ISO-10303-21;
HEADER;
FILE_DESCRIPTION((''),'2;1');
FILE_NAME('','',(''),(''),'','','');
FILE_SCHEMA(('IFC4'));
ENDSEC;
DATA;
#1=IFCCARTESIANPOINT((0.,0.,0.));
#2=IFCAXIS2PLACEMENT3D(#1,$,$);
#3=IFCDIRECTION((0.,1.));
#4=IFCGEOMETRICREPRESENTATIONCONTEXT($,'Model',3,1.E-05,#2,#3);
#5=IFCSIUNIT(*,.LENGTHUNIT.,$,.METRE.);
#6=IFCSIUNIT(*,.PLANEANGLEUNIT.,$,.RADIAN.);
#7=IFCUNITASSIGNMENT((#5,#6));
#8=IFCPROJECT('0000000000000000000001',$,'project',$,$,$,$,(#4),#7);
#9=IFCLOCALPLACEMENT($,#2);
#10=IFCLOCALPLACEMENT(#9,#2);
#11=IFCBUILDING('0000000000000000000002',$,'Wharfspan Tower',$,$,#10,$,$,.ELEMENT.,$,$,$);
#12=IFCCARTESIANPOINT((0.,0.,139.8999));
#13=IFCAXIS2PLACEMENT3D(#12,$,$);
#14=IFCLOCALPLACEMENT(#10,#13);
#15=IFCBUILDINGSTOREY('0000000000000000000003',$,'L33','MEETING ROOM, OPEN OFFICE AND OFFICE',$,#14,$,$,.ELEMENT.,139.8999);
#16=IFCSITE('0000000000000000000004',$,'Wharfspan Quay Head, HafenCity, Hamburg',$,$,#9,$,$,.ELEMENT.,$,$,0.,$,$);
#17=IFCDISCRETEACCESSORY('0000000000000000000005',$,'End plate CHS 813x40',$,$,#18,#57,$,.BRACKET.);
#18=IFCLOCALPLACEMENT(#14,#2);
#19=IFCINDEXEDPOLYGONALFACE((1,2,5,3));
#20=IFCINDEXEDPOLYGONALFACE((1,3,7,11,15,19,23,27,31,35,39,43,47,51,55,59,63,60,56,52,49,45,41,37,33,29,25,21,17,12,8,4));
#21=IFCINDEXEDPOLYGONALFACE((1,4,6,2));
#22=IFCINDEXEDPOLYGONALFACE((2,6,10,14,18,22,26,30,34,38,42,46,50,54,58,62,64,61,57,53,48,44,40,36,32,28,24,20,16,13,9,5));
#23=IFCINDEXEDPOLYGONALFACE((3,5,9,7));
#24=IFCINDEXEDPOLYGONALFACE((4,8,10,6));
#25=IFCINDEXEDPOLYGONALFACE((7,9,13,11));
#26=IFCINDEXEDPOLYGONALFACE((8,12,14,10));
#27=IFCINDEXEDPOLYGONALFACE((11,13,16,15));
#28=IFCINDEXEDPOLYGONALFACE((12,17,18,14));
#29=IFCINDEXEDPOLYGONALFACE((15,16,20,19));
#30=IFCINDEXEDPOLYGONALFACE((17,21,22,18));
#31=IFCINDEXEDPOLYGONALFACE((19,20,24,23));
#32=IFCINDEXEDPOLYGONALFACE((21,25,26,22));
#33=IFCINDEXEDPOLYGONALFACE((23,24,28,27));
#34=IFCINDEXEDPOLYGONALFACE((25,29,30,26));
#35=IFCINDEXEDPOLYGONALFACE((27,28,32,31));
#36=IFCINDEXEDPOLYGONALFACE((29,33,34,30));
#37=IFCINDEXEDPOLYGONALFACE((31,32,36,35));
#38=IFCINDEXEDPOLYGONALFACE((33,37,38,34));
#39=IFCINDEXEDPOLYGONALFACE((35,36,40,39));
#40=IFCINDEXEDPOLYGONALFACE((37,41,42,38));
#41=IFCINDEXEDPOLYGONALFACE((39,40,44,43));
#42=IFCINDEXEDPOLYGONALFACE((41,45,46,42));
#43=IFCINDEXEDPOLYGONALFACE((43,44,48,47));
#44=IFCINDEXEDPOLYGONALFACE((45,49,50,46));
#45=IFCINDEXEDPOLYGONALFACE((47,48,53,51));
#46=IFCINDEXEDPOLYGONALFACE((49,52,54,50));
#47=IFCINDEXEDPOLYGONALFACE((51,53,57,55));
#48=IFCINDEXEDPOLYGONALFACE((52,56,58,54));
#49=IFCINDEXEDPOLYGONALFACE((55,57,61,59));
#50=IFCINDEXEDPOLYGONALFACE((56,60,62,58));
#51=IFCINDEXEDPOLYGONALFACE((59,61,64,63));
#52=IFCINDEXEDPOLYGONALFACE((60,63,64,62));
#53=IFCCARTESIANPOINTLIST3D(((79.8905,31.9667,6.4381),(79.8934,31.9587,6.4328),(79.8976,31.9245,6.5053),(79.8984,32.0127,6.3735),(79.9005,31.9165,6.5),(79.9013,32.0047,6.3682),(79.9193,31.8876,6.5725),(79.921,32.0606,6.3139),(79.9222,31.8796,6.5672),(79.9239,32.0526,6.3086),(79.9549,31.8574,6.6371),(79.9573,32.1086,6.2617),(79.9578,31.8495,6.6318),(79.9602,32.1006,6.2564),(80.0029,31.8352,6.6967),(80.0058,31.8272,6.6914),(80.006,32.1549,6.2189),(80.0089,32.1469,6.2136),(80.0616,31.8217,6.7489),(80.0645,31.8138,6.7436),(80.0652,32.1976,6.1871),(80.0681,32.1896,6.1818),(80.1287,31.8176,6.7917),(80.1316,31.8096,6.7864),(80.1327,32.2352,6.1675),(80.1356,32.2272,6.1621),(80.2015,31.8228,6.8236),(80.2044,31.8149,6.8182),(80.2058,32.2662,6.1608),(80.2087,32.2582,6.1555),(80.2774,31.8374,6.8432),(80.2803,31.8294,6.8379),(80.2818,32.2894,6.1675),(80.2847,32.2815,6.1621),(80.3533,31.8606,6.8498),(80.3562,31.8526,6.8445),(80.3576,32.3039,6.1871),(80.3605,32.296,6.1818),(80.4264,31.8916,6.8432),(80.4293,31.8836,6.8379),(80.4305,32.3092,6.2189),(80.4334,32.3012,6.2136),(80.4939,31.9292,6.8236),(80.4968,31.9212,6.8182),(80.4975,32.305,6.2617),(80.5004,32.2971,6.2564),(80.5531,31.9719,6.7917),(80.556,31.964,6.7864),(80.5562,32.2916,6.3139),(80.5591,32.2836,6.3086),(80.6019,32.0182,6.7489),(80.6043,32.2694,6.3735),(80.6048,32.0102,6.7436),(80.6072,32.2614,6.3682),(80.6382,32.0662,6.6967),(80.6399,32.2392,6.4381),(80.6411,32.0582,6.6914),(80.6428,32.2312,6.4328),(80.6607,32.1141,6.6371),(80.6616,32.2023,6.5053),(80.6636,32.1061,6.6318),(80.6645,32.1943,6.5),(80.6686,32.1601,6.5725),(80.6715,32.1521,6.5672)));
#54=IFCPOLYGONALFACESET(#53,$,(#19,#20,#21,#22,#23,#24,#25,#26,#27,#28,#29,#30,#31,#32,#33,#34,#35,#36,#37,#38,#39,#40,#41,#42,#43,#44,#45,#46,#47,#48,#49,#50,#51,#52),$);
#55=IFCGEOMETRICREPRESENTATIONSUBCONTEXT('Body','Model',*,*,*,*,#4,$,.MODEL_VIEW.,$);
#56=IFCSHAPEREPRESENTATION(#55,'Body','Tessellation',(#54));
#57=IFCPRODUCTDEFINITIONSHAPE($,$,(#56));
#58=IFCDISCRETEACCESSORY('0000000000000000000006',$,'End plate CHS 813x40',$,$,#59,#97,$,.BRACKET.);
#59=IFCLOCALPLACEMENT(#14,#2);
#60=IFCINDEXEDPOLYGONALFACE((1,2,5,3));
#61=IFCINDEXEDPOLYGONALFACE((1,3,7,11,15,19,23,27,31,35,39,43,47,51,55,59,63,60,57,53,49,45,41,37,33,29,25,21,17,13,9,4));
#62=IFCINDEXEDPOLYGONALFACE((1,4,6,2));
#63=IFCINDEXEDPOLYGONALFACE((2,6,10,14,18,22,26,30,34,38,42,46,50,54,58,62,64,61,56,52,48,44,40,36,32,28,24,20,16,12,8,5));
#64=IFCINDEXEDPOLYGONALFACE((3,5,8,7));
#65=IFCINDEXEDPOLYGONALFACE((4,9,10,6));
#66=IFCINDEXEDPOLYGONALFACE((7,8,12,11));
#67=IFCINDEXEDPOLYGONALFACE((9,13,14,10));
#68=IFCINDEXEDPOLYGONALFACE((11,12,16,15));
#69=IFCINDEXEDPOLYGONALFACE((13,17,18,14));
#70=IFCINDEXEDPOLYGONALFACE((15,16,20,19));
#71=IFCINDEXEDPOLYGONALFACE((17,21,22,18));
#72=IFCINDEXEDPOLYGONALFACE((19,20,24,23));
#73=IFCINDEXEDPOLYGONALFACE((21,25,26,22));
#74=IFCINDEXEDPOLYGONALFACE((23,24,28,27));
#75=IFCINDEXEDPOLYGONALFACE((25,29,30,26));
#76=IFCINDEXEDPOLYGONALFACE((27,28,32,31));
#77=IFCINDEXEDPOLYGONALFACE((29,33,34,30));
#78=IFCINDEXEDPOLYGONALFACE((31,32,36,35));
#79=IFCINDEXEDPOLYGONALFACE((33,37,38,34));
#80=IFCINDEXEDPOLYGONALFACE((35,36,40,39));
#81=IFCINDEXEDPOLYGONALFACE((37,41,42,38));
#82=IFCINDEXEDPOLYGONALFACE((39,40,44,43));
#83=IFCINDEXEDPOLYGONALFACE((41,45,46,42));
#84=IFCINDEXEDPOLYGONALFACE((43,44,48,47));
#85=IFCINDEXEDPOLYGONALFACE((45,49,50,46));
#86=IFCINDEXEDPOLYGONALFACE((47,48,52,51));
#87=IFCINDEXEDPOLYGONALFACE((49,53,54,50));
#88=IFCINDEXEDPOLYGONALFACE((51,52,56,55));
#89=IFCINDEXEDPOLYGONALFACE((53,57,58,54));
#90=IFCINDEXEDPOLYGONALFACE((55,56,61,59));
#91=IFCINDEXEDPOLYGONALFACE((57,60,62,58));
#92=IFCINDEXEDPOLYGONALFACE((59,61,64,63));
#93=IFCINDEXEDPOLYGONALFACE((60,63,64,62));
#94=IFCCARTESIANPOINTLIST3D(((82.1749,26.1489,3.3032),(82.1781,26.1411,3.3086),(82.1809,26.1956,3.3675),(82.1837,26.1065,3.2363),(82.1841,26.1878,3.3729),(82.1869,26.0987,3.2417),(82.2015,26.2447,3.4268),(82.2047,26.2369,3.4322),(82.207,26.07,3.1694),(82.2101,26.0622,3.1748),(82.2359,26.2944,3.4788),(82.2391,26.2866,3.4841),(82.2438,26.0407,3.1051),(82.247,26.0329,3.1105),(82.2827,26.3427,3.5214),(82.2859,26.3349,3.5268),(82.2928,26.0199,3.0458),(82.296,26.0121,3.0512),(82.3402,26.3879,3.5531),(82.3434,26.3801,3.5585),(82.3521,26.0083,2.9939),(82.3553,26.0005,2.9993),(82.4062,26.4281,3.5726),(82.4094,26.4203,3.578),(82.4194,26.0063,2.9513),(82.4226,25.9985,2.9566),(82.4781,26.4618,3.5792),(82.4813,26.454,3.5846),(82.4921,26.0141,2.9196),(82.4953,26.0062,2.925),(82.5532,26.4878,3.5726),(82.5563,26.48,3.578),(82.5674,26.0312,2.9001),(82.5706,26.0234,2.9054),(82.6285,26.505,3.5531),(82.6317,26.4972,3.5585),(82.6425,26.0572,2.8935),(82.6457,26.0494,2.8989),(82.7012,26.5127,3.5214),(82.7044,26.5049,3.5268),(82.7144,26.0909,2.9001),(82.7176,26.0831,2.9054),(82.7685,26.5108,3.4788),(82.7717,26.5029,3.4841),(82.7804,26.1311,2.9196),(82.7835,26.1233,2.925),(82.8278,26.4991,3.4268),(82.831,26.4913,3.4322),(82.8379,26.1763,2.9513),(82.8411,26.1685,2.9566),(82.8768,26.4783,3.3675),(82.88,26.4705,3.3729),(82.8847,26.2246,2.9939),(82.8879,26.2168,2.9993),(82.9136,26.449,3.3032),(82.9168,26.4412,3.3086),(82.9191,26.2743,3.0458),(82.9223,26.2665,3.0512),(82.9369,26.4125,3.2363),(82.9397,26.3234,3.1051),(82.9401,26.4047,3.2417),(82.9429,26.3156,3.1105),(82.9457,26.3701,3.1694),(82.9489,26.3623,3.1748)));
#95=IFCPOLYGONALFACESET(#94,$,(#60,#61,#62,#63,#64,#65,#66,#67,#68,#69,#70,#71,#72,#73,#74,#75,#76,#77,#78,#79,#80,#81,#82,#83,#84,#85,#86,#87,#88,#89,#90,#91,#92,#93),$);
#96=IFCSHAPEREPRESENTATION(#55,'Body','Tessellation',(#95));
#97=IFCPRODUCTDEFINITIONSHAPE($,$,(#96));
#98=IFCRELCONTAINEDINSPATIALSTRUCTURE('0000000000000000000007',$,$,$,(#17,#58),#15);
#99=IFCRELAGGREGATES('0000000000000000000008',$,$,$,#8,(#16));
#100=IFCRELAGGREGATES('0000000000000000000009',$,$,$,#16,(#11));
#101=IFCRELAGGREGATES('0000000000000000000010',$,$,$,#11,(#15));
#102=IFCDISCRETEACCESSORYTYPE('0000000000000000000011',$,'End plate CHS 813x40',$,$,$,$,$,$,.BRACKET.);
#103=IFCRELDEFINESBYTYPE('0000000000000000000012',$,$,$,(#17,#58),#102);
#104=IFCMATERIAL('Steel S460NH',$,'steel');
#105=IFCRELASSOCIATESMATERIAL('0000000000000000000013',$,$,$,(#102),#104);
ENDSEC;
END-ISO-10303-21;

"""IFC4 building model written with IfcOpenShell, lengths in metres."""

from ifc_helpers import new_model, si_unit, direction, frame, origin, origin_2d, place, context, subcontext, project, spatial, circle, extrude, material, material_profile, profile_set, type_object, element, save


model = new_model("IFC4")

# Units and contexts
model_context = context("Model", 3, precision=1e-05, world=origin(), true_north=direction((0.0, 1.0)))
body_context = subcontext(model_context, "Body", "Model", "MODEL_VIEW")
ifc_project = project(units=[si_unit("LENGTHUNIT", "METRE"), si_unit("PLANEANGLEUNIT", "RADIAN")], contexts=[model_context])

# Site, building, storey
site_placement = place(None, origin())
site = spatial("IfcSite", under=ifc_project, at=site_placement, Name="Wharfspan Quay Head, HafenCity, Hamburg", CompositionType="ELEMENT", RefElevation=0.0)
building_placement = place(site_placement, origin())
building = spatial("IfcBuilding", under=site, at=building_placement, Name="Wharfspan Tower", CompositionType="ELEMENT")
storey_placement = place(building_placement, frame((0.0, 0.0, 139.8999)))
storey = spatial("IfcBuildingStorey", under=building, at=storey_placement, Name="L33", Description="MEETING ROOM, OPEN OFFICE AND OFFICE", CompositionType="ELEMENT", Elevation=139.8999)

# Shared definitions
ifc_material_1 = material(Name="Steel S460NH", Category="steel")

# Discrete accessories
ifc_material_profile_1 = material_profile(ifc_material_1, circle(Radius=0.4065, at=origin_2d()))
ifc_profile_set_1 = profile_set([ifc_material_profile_1], Name="Steel S460NH")
discrete_accessory_type = type_object("IfcDiscreteAccessoryType", Name="End plate CHS 813x40", PredefinedType="BRACKET", material=ifc_profile_set_1)
for number, where, z_axis, x_axis, name in (
    (1, (80.2825, 32.0554, 6.5), (-0.289598, 0.796395, 0.53093), (-0.939792, -0.341743, 0.000001), "End plate CHS 813x40"),
    (2, (82.5603, 26.2595, 3.2363), (0.317451, -0.781418, 0.537225), (0.92647, 0.376377, -0.000002), "End plate CHS 813x40"),
):
    element("IfcDiscreteAccessory", number, at=place(storey_placement, frame(where, z_axis=z_axis, x_axis=x_axis)), inside=storey, type_object=discrete_accessory_type, Name=name, PredefinedType="BRACKET", context=body_context, shape_type="SweptSolid", body=[
        extrude(circle(Radius=0.4065, at=origin_2d()), origin(), (0.0, 0.0, 1.0), 0.01),
    ])

save(model, "model.ifc")
